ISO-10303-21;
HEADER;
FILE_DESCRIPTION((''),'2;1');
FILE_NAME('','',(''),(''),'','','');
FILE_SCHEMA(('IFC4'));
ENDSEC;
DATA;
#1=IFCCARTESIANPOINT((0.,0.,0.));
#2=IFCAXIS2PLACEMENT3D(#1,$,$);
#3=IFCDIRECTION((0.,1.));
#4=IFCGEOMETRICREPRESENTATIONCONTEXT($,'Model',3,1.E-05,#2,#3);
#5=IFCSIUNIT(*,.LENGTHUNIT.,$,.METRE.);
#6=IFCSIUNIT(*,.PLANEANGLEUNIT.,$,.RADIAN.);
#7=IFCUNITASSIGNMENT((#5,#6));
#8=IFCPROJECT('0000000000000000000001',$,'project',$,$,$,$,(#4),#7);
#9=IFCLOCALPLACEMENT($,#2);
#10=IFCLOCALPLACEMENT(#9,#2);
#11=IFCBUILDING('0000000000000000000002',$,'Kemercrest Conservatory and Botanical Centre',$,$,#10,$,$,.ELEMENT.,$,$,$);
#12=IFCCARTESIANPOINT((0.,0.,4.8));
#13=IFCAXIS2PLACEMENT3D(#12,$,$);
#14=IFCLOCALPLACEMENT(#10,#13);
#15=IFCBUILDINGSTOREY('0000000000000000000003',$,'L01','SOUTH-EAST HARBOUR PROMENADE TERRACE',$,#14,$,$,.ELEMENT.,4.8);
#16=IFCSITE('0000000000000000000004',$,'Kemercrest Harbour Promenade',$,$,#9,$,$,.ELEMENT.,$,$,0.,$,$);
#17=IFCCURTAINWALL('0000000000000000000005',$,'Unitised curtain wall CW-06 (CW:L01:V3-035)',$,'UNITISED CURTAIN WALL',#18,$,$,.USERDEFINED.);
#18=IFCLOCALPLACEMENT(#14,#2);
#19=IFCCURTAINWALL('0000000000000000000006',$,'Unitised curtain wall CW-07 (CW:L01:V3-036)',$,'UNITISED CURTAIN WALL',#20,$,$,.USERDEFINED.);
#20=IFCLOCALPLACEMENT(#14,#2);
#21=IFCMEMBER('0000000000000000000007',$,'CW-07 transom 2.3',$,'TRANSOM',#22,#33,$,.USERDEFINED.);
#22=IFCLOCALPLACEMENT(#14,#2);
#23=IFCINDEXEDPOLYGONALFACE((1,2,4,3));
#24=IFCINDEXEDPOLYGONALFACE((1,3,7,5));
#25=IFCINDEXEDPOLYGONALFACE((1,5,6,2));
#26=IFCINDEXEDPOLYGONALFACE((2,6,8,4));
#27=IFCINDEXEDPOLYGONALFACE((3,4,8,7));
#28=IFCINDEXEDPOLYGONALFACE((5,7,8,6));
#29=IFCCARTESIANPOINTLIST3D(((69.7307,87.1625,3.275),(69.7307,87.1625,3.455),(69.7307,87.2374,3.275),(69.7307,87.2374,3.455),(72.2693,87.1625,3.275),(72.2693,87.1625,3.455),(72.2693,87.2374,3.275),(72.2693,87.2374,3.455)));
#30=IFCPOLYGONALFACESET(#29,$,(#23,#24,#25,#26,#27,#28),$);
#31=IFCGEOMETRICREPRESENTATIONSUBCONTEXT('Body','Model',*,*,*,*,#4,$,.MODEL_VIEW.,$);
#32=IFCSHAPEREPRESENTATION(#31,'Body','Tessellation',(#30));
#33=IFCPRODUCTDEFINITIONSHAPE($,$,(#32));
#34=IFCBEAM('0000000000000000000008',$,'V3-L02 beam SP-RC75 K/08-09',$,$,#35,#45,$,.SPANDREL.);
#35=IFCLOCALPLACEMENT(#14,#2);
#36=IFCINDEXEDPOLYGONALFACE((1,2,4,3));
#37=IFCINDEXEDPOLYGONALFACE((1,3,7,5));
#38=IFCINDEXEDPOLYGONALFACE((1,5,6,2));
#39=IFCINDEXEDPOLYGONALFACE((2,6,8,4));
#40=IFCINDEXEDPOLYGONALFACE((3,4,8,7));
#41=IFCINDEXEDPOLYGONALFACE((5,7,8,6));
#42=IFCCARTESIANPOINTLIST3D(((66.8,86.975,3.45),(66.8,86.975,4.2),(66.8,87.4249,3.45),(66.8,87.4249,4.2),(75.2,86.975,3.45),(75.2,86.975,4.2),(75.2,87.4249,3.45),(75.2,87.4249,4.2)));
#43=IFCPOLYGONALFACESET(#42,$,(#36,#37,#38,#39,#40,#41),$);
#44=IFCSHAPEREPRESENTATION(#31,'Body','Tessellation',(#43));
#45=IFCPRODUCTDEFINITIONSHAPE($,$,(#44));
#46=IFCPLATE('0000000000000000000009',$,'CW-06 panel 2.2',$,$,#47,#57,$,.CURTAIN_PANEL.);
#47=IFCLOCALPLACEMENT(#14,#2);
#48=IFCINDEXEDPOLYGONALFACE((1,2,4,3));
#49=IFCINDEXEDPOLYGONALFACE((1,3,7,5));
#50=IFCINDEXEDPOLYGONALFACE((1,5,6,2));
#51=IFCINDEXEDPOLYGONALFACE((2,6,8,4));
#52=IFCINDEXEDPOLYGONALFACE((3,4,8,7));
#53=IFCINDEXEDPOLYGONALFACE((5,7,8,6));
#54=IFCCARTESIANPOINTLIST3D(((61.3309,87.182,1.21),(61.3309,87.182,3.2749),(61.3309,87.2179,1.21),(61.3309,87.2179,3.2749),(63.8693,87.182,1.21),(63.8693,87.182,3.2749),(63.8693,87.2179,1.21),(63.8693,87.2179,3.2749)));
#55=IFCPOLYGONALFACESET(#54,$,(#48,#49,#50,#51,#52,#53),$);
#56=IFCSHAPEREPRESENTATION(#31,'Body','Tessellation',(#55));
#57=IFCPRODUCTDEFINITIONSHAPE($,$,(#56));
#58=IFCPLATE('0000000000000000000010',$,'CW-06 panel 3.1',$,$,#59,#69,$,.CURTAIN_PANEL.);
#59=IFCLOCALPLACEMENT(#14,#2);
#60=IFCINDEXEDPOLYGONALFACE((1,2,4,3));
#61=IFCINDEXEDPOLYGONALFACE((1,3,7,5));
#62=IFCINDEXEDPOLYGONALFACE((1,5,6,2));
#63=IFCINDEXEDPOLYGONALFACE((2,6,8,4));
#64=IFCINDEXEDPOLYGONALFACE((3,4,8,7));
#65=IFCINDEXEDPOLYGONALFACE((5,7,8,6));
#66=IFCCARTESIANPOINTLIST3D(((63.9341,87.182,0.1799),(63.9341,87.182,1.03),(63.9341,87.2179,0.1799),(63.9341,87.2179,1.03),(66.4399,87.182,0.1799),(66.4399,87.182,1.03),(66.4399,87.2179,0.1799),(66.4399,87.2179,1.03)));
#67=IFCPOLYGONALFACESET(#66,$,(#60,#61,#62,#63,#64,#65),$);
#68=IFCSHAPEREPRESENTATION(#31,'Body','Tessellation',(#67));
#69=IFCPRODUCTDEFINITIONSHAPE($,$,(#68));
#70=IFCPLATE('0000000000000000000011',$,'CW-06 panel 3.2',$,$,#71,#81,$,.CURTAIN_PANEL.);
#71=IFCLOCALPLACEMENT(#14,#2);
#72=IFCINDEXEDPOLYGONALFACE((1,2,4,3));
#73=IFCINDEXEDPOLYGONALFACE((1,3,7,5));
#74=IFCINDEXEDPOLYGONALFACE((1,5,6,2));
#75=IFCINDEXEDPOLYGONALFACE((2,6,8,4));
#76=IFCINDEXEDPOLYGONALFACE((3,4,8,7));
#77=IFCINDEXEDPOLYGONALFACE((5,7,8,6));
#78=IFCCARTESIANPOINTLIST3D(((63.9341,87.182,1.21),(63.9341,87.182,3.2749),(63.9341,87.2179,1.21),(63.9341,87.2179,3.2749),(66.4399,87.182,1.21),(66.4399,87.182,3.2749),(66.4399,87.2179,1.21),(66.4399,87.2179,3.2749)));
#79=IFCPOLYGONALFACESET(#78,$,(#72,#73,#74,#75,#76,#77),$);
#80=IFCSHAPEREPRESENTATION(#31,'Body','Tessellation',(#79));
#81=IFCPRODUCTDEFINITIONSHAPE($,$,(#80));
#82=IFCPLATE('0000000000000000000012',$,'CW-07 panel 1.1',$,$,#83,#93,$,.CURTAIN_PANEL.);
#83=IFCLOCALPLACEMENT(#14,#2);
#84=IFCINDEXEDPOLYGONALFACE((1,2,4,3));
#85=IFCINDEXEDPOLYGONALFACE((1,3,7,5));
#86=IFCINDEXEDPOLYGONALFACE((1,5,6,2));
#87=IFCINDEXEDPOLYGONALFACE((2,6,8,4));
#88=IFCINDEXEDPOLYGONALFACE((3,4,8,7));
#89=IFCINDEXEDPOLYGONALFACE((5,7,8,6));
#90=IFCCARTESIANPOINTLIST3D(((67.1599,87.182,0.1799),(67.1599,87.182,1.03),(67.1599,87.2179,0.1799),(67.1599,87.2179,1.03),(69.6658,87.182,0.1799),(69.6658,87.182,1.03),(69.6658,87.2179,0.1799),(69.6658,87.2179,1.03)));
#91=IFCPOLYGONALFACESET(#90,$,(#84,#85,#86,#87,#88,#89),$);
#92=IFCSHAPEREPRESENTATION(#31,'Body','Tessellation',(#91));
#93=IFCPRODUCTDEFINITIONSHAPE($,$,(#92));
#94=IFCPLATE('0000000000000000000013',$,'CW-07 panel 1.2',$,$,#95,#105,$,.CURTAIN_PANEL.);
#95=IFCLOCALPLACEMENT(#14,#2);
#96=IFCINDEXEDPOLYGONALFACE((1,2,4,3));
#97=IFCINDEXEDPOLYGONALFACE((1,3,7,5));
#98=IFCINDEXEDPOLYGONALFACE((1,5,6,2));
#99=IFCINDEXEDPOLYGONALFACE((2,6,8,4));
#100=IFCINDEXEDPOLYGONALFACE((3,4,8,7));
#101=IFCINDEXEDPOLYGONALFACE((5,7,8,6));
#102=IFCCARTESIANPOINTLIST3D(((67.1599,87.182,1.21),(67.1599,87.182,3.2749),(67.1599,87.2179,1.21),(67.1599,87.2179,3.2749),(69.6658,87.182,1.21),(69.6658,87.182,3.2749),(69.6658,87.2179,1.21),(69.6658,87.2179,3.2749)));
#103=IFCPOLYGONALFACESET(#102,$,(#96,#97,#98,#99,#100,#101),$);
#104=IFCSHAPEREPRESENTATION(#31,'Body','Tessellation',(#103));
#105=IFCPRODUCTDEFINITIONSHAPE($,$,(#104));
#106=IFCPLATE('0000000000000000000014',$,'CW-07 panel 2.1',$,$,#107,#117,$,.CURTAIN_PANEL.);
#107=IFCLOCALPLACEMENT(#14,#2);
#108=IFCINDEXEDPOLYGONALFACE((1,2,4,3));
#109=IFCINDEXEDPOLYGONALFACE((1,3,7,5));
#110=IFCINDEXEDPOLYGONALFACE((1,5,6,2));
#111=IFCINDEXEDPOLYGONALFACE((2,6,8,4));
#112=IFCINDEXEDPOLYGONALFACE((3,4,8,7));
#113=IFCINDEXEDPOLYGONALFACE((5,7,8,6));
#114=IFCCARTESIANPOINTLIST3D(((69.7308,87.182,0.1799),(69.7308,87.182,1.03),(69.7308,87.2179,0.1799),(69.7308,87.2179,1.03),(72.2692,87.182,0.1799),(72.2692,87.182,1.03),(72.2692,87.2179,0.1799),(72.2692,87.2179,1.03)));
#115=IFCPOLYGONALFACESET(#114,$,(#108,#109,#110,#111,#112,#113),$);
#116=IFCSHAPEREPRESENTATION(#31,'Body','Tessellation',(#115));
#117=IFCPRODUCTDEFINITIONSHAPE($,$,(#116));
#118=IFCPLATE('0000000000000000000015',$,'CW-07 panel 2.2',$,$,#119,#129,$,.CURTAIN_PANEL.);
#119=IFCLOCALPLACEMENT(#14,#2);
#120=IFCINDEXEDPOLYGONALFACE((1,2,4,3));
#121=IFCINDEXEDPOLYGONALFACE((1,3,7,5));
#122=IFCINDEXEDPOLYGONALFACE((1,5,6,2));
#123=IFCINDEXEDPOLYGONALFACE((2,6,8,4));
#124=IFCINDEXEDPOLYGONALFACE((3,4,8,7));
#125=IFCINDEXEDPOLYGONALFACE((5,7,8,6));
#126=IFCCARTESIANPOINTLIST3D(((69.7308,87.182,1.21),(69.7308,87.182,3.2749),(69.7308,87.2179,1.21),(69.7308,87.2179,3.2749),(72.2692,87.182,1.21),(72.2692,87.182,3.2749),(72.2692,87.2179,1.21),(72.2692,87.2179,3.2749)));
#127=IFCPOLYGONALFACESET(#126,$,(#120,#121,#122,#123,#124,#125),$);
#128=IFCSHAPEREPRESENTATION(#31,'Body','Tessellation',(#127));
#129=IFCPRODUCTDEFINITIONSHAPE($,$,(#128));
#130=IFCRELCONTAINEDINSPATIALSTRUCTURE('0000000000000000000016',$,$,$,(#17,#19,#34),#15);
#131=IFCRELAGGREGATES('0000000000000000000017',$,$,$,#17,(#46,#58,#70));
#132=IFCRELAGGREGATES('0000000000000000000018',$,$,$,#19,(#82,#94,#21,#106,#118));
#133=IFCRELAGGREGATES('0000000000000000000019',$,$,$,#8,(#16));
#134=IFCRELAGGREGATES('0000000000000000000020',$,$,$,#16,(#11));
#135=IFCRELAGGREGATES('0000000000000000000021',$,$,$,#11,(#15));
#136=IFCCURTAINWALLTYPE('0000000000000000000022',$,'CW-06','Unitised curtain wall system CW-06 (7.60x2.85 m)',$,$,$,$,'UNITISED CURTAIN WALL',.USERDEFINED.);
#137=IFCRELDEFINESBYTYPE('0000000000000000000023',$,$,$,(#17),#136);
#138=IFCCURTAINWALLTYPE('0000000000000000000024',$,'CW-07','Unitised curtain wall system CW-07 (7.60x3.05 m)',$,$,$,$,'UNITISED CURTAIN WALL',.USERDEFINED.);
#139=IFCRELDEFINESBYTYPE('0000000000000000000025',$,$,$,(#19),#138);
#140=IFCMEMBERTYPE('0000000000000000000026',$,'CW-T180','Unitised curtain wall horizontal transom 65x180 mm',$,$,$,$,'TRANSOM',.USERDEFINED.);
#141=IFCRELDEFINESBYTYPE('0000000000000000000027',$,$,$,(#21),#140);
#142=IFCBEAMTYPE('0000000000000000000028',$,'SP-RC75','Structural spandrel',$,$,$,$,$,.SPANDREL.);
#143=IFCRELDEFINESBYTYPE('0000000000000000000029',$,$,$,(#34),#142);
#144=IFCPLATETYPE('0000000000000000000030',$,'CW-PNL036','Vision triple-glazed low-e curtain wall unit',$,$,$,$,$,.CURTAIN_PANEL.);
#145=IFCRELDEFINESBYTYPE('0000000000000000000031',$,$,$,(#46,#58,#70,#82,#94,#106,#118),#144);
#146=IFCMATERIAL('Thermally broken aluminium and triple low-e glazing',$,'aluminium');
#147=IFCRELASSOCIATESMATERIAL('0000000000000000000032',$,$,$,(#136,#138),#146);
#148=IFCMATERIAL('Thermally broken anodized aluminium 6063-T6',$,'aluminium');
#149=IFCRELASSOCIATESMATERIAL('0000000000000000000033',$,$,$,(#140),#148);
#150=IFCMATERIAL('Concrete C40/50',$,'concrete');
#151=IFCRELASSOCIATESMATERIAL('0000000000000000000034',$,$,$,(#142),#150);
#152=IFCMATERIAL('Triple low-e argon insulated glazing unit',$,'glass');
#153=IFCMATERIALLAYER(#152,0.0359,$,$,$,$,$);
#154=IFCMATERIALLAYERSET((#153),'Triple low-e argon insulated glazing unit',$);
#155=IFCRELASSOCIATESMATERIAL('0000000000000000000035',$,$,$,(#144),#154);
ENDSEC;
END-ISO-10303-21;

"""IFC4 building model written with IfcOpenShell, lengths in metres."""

from ifc_helpers import new_model, si_unit, direction, frame, origin, origin_2d, place, context, subcontext, project, spatial, rectangle, extrude, material, layer, layer_set, material_profile, profile_set, type_object, element, aggregate, save


model = new_model("IFC4")

# Units and contexts
model_context = context("Model", 3, precision=1e-05, world=origin(), true_north=direction((0.0, 1.0)))
body_context = subcontext(model_context, "Body", "Model", "MODEL_VIEW")
ifc_project = project(units=[si_unit("LENGTHUNIT", "METRE"), si_unit("PLANEANGLEUNIT", "RADIAN")], contexts=[model_context])

# Site, building, storey
site_placement = place(None, origin())
site = spatial("IfcSite", under=ifc_project, at=site_placement, Name="Kemercrest Harbour Promenade", CompositionType="ELEMENT", RefElevation=0.0)
building_placement = place(site_placement, origin())
building = spatial("IfcBuilding", under=site, at=building_placement, Name="Kemercrest Conservatory and Botanical Centre", CompositionType="ELEMENT")
storey_placement = place(building_placement, frame((0.0, 0.0, 4.8)))
storey = spatial("IfcBuildingStorey", under=building, at=storey_placement, Name="L01", Description="SOUTH-EAST HARBOUR PROMENADE TERRACE", CompositionType="ELEMENT", Elevation=4.8)

# Shared definitions
ifc_material_1 = material(Name="Concrete C40/50", Category="concrete")

# Curtain walls
ifc_material_2 = material(Name="Thermally broken aluminium and triple low-e glazing", Category="aluminium")
curtain_wall_type_1 = type_object("IfcCurtainWallType", Name="CW-06", Description="Unitised curtain wall system CW-06 (7.60x2.85 m)", ElementType="UNITISED CURTAIN WALL", PredefinedType="USERDEFINED", material=ifc_material_2)
curtain_wall_1_placement = place(storey_placement, origin())
curtain_wall_1 = element("IfcCurtainWall", 1, at=curtain_wall_1_placement, inside=storey, type_object=curtain_wall_type_1, Name="Unitised curtain wall CW-06 (CW:L01:V3-035)", ObjectType="UNITISED CURTAIN WALL", PredefinedType="USERDEFINED")
ifc_material_3 = material(Name="Thermally broken anodized aluminium 6063-T6", Category="aluminium")
curtain_wall_type_2 = type_object("IfcCurtainWallType", Name="CW-07", Description="Unitised curtain wall system CW-07 (7.60x3.05 m)", ElementType="UNITISED CURTAIN WALL", PredefinedType="USERDEFINED", material=ifc_material_2)
curtain_wall_2_placement = place(storey_placement, origin())
curtain_wall_2 = element("IfcCurtainWall", 2, at=curtain_wall_2_placement, inside=storey, type_object=curtain_wall_type_2, Name="Unitised curtain wall CW-07 (CW:L01:V3-036)", ObjectType="UNITISED CURTAIN WALL", PredefinedType="USERDEFINED")

# Member
ifc_material_profile_1 = material_profile(ifc_material_3, rectangle(XDim=0.075, YDim=0.1799, at=origin_2d()), Name="AL TRANSOM 75x180")
ifc_profile_set_1 = profile_set([ifc_material_profile_1], Name="Thermally broken anodized aluminium 6063-T6")
member_type_1 = type_object("IfcMemberType", Name="CW-T180", Description="Unitised curtain wall horizontal transom 65x180 mm", ElementType="TRANSOM", PredefinedType="USERDEFINED", material=ifc_profile_set_1)
member_1_placement = place(storey_placement, frame((69.7307, 87.2, 3.365), z_axis=(1.0, 0.0, 0.0), x_axis=(0.0, 1.0, 0.0)))
member_1 = element("IfcMember", 3, at=member_1_placement, type_object=member_type_1, Name="CW-07 transom 2.3", ObjectType="TRANSOM", PredefinedType="USERDEFINED", context=body_context, shape_type="SweptSolid", body=[
    extrude(rectangle(XDim=0.075, YDim=0.1799, at=origin_2d()), origin(), (0.0, 0.0, 1.0), 2.5386),
])

# Beam
ifc_material_profile_2 = material_profile(ifc_material_1, rectangle(XDim=0.45, YDim=0.75, at=origin_2d()), Name="RC 450x750")
ifc_profile_set_2 = profile_set([ifc_material_profile_2], Name="Concrete C40/50")
beam_type_1 = type_object("IfcBeamType", Name="SP-RC75", Description="Structural spandrel", PredefinedType="SPANDREL", material=ifc_profile_set_2)
beam_1_placement = place(storey_placement, frame((66.8, 87.2, 3.825), z_axis=(1.0, 0.0, 0.0), x_axis=(0.0, 1.0, 0.0)))
element("IfcBeam", 4, at=beam_1_placement, inside=storey, type_object=beam_type_1, Name="V3-L02 beam SP-RC75 K/08-09", PredefinedType="SPANDREL", context=body_context, shape_type="SweptSolid", body=[
    extrude(rectangle(XDim=0.45, YDim=0.75, at=origin_2d()), origin(), (0.0, 0.0, 1.0), 8.3999),
])

# Plates
ifc_material_4 = material(Name="Triple low-e argon insulated glazing unit", Category="glass")
ifc_layer = layer(ifc_material_4, 0.0359)
ifc_layer_set = layer_set([ifc_layer], Name="Triple low-e argon insulated glazing unit")
plate_type = type_object("IfcPlateType", Name="CW-PNL036", Description="Vision triple-glazed low-e curtain wall unit", PredefinedType="CURTAIN_PANEL", material=ifc_layer_set)
plate_1_placement = place(storey_placement, frame((62.6001, 87.2, 1.21), z_axis=(0.0, 0.0, 1.0), x_axis=(1.0, 0.0, 0.0)))
plate_1 = element("IfcPlate", 5, at=plate_1_placement, type_object=plate_type, Name="CW-06 panel 2.2", PredefinedType="CURTAIN_PANEL", context=body_context, shape_type="SweptSolid", body=[
    extrude(rectangle(XDim=2.5383, YDim=0.0359, at=origin_2d()), origin(), (0.0, 0.0, 1.0), 2.0649),
])
plate_2_placement = place(storey_placement, frame((65.187, 87.2, 0.1799), z_axis=(0.0, 0.0, 1.0), x_axis=(1.0, 0.0, 0.0)))
plate_2 = element("IfcPlate", 6, at=plate_2_placement, type_object=plate_type, Name="CW-06 panel 3.1", PredefinedType="CURTAIN_PANEL", context=body_context, shape_type="SweptSolid", body=[
    extrude(rectangle(XDim=2.5059, YDim=0.0359, at=origin_2d()), origin(), (0.0, 0.0, 1.0), 0.8501),
])
plate_3_placement = place(storey_placement, frame((65.187, 87.2, 1.21), z_axis=(0.0, 0.0, 1.0), x_axis=(1.0, 0.0, 0.0)))
plate_3 = element("IfcPlate", 7, at=plate_3_placement, type_object=plate_type, Name="CW-06 panel 3.2", PredefinedType="CURTAIN_PANEL", context=body_context, shape_type="SweptSolid", body=[
    extrude(rectangle(XDim=2.5059, YDim=0.0359, at=origin_2d()), origin(), (0.0, 0.0, 1.0), 2.0649),
])
aggregate(curtain_wall_1, [plate_1, plate_2, plate_3])
plate_4_placement = place(storey_placement, frame((68.4128, 87.2, 0.1799), z_axis=(0.0, 0.0, 1.0), x_axis=(1.0, 0.0, 0.0)))
plate_4 = element("IfcPlate", 8, at=plate_4_placement, type_object=plate_type, Name="CW-07 panel 1.1", PredefinedType="CURTAIN_PANEL", context=body_context, shape_type="SweptSolid", body=[
    extrude(rectangle(XDim=2.5059, YDim=0.0359, at=origin_2d()), origin(), (0.0, 0.0, 1.0), 0.8501),
])
plate_5_placement = place(storey_placement, frame((68.4128, 87.2, 1.21), z_axis=(0.0, 0.0, 1.0), x_axis=(1.0, 0.0, 0.0)))
plate_5 = element("IfcPlate", 9, at=plate_5_placement, type_object=plate_type, Name="CW-07 panel 1.2", PredefinedType="CURTAIN_PANEL", context=body_context, shape_type="SweptSolid", body=[
    extrude(rectangle(XDim=2.5059, YDim=0.0359, at=origin_2d()), origin(), (0.0, 0.0, 1.0), 2.0649),
])
plate_6_placement = place(storey_placement, frame((71.0, 87.2, 0.1799), z_axis=(0.0, 0.0, 1.0), x_axis=(1.0, 0.0, 0.0)))
plate_6 = element("IfcPlate", 10, at=plate_6_placement, type_object=plate_type, Name="CW-07 panel 2.1", PredefinedType="CURTAIN_PANEL", context=body_context, shape_type="SweptSolid", body=[
    extrude(rectangle(XDim=2.5383, YDim=0.0359, at=origin_2d()), origin(), (0.0, 0.0, 1.0), 0.8501),
])
plate_7_placement = place(storey_placement, frame((71.0, 87.2, 1.21), z_axis=(0.0, 0.0, 1.0), x_axis=(1.0, 0.0, 0.0)))
plate_7 = element("IfcPlate", 11, at=plate_7_placement, type_object=plate_type, Name="CW-07 panel 2.2", PredefinedType="CURTAIN_PANEL", context=body_context, shape_type="SweptSolid", body=[
    extrude(rectangle(XDim=2.5383, YDim=0.0359, at=origin_2d()), origin(), (0.0, 0.0, 1.0), 2.0649),
])
aggregate(curtain_wall_2, [plate_4, plate_5, member_1, plate_6, plate_7])

save(model, "model.ifc")
